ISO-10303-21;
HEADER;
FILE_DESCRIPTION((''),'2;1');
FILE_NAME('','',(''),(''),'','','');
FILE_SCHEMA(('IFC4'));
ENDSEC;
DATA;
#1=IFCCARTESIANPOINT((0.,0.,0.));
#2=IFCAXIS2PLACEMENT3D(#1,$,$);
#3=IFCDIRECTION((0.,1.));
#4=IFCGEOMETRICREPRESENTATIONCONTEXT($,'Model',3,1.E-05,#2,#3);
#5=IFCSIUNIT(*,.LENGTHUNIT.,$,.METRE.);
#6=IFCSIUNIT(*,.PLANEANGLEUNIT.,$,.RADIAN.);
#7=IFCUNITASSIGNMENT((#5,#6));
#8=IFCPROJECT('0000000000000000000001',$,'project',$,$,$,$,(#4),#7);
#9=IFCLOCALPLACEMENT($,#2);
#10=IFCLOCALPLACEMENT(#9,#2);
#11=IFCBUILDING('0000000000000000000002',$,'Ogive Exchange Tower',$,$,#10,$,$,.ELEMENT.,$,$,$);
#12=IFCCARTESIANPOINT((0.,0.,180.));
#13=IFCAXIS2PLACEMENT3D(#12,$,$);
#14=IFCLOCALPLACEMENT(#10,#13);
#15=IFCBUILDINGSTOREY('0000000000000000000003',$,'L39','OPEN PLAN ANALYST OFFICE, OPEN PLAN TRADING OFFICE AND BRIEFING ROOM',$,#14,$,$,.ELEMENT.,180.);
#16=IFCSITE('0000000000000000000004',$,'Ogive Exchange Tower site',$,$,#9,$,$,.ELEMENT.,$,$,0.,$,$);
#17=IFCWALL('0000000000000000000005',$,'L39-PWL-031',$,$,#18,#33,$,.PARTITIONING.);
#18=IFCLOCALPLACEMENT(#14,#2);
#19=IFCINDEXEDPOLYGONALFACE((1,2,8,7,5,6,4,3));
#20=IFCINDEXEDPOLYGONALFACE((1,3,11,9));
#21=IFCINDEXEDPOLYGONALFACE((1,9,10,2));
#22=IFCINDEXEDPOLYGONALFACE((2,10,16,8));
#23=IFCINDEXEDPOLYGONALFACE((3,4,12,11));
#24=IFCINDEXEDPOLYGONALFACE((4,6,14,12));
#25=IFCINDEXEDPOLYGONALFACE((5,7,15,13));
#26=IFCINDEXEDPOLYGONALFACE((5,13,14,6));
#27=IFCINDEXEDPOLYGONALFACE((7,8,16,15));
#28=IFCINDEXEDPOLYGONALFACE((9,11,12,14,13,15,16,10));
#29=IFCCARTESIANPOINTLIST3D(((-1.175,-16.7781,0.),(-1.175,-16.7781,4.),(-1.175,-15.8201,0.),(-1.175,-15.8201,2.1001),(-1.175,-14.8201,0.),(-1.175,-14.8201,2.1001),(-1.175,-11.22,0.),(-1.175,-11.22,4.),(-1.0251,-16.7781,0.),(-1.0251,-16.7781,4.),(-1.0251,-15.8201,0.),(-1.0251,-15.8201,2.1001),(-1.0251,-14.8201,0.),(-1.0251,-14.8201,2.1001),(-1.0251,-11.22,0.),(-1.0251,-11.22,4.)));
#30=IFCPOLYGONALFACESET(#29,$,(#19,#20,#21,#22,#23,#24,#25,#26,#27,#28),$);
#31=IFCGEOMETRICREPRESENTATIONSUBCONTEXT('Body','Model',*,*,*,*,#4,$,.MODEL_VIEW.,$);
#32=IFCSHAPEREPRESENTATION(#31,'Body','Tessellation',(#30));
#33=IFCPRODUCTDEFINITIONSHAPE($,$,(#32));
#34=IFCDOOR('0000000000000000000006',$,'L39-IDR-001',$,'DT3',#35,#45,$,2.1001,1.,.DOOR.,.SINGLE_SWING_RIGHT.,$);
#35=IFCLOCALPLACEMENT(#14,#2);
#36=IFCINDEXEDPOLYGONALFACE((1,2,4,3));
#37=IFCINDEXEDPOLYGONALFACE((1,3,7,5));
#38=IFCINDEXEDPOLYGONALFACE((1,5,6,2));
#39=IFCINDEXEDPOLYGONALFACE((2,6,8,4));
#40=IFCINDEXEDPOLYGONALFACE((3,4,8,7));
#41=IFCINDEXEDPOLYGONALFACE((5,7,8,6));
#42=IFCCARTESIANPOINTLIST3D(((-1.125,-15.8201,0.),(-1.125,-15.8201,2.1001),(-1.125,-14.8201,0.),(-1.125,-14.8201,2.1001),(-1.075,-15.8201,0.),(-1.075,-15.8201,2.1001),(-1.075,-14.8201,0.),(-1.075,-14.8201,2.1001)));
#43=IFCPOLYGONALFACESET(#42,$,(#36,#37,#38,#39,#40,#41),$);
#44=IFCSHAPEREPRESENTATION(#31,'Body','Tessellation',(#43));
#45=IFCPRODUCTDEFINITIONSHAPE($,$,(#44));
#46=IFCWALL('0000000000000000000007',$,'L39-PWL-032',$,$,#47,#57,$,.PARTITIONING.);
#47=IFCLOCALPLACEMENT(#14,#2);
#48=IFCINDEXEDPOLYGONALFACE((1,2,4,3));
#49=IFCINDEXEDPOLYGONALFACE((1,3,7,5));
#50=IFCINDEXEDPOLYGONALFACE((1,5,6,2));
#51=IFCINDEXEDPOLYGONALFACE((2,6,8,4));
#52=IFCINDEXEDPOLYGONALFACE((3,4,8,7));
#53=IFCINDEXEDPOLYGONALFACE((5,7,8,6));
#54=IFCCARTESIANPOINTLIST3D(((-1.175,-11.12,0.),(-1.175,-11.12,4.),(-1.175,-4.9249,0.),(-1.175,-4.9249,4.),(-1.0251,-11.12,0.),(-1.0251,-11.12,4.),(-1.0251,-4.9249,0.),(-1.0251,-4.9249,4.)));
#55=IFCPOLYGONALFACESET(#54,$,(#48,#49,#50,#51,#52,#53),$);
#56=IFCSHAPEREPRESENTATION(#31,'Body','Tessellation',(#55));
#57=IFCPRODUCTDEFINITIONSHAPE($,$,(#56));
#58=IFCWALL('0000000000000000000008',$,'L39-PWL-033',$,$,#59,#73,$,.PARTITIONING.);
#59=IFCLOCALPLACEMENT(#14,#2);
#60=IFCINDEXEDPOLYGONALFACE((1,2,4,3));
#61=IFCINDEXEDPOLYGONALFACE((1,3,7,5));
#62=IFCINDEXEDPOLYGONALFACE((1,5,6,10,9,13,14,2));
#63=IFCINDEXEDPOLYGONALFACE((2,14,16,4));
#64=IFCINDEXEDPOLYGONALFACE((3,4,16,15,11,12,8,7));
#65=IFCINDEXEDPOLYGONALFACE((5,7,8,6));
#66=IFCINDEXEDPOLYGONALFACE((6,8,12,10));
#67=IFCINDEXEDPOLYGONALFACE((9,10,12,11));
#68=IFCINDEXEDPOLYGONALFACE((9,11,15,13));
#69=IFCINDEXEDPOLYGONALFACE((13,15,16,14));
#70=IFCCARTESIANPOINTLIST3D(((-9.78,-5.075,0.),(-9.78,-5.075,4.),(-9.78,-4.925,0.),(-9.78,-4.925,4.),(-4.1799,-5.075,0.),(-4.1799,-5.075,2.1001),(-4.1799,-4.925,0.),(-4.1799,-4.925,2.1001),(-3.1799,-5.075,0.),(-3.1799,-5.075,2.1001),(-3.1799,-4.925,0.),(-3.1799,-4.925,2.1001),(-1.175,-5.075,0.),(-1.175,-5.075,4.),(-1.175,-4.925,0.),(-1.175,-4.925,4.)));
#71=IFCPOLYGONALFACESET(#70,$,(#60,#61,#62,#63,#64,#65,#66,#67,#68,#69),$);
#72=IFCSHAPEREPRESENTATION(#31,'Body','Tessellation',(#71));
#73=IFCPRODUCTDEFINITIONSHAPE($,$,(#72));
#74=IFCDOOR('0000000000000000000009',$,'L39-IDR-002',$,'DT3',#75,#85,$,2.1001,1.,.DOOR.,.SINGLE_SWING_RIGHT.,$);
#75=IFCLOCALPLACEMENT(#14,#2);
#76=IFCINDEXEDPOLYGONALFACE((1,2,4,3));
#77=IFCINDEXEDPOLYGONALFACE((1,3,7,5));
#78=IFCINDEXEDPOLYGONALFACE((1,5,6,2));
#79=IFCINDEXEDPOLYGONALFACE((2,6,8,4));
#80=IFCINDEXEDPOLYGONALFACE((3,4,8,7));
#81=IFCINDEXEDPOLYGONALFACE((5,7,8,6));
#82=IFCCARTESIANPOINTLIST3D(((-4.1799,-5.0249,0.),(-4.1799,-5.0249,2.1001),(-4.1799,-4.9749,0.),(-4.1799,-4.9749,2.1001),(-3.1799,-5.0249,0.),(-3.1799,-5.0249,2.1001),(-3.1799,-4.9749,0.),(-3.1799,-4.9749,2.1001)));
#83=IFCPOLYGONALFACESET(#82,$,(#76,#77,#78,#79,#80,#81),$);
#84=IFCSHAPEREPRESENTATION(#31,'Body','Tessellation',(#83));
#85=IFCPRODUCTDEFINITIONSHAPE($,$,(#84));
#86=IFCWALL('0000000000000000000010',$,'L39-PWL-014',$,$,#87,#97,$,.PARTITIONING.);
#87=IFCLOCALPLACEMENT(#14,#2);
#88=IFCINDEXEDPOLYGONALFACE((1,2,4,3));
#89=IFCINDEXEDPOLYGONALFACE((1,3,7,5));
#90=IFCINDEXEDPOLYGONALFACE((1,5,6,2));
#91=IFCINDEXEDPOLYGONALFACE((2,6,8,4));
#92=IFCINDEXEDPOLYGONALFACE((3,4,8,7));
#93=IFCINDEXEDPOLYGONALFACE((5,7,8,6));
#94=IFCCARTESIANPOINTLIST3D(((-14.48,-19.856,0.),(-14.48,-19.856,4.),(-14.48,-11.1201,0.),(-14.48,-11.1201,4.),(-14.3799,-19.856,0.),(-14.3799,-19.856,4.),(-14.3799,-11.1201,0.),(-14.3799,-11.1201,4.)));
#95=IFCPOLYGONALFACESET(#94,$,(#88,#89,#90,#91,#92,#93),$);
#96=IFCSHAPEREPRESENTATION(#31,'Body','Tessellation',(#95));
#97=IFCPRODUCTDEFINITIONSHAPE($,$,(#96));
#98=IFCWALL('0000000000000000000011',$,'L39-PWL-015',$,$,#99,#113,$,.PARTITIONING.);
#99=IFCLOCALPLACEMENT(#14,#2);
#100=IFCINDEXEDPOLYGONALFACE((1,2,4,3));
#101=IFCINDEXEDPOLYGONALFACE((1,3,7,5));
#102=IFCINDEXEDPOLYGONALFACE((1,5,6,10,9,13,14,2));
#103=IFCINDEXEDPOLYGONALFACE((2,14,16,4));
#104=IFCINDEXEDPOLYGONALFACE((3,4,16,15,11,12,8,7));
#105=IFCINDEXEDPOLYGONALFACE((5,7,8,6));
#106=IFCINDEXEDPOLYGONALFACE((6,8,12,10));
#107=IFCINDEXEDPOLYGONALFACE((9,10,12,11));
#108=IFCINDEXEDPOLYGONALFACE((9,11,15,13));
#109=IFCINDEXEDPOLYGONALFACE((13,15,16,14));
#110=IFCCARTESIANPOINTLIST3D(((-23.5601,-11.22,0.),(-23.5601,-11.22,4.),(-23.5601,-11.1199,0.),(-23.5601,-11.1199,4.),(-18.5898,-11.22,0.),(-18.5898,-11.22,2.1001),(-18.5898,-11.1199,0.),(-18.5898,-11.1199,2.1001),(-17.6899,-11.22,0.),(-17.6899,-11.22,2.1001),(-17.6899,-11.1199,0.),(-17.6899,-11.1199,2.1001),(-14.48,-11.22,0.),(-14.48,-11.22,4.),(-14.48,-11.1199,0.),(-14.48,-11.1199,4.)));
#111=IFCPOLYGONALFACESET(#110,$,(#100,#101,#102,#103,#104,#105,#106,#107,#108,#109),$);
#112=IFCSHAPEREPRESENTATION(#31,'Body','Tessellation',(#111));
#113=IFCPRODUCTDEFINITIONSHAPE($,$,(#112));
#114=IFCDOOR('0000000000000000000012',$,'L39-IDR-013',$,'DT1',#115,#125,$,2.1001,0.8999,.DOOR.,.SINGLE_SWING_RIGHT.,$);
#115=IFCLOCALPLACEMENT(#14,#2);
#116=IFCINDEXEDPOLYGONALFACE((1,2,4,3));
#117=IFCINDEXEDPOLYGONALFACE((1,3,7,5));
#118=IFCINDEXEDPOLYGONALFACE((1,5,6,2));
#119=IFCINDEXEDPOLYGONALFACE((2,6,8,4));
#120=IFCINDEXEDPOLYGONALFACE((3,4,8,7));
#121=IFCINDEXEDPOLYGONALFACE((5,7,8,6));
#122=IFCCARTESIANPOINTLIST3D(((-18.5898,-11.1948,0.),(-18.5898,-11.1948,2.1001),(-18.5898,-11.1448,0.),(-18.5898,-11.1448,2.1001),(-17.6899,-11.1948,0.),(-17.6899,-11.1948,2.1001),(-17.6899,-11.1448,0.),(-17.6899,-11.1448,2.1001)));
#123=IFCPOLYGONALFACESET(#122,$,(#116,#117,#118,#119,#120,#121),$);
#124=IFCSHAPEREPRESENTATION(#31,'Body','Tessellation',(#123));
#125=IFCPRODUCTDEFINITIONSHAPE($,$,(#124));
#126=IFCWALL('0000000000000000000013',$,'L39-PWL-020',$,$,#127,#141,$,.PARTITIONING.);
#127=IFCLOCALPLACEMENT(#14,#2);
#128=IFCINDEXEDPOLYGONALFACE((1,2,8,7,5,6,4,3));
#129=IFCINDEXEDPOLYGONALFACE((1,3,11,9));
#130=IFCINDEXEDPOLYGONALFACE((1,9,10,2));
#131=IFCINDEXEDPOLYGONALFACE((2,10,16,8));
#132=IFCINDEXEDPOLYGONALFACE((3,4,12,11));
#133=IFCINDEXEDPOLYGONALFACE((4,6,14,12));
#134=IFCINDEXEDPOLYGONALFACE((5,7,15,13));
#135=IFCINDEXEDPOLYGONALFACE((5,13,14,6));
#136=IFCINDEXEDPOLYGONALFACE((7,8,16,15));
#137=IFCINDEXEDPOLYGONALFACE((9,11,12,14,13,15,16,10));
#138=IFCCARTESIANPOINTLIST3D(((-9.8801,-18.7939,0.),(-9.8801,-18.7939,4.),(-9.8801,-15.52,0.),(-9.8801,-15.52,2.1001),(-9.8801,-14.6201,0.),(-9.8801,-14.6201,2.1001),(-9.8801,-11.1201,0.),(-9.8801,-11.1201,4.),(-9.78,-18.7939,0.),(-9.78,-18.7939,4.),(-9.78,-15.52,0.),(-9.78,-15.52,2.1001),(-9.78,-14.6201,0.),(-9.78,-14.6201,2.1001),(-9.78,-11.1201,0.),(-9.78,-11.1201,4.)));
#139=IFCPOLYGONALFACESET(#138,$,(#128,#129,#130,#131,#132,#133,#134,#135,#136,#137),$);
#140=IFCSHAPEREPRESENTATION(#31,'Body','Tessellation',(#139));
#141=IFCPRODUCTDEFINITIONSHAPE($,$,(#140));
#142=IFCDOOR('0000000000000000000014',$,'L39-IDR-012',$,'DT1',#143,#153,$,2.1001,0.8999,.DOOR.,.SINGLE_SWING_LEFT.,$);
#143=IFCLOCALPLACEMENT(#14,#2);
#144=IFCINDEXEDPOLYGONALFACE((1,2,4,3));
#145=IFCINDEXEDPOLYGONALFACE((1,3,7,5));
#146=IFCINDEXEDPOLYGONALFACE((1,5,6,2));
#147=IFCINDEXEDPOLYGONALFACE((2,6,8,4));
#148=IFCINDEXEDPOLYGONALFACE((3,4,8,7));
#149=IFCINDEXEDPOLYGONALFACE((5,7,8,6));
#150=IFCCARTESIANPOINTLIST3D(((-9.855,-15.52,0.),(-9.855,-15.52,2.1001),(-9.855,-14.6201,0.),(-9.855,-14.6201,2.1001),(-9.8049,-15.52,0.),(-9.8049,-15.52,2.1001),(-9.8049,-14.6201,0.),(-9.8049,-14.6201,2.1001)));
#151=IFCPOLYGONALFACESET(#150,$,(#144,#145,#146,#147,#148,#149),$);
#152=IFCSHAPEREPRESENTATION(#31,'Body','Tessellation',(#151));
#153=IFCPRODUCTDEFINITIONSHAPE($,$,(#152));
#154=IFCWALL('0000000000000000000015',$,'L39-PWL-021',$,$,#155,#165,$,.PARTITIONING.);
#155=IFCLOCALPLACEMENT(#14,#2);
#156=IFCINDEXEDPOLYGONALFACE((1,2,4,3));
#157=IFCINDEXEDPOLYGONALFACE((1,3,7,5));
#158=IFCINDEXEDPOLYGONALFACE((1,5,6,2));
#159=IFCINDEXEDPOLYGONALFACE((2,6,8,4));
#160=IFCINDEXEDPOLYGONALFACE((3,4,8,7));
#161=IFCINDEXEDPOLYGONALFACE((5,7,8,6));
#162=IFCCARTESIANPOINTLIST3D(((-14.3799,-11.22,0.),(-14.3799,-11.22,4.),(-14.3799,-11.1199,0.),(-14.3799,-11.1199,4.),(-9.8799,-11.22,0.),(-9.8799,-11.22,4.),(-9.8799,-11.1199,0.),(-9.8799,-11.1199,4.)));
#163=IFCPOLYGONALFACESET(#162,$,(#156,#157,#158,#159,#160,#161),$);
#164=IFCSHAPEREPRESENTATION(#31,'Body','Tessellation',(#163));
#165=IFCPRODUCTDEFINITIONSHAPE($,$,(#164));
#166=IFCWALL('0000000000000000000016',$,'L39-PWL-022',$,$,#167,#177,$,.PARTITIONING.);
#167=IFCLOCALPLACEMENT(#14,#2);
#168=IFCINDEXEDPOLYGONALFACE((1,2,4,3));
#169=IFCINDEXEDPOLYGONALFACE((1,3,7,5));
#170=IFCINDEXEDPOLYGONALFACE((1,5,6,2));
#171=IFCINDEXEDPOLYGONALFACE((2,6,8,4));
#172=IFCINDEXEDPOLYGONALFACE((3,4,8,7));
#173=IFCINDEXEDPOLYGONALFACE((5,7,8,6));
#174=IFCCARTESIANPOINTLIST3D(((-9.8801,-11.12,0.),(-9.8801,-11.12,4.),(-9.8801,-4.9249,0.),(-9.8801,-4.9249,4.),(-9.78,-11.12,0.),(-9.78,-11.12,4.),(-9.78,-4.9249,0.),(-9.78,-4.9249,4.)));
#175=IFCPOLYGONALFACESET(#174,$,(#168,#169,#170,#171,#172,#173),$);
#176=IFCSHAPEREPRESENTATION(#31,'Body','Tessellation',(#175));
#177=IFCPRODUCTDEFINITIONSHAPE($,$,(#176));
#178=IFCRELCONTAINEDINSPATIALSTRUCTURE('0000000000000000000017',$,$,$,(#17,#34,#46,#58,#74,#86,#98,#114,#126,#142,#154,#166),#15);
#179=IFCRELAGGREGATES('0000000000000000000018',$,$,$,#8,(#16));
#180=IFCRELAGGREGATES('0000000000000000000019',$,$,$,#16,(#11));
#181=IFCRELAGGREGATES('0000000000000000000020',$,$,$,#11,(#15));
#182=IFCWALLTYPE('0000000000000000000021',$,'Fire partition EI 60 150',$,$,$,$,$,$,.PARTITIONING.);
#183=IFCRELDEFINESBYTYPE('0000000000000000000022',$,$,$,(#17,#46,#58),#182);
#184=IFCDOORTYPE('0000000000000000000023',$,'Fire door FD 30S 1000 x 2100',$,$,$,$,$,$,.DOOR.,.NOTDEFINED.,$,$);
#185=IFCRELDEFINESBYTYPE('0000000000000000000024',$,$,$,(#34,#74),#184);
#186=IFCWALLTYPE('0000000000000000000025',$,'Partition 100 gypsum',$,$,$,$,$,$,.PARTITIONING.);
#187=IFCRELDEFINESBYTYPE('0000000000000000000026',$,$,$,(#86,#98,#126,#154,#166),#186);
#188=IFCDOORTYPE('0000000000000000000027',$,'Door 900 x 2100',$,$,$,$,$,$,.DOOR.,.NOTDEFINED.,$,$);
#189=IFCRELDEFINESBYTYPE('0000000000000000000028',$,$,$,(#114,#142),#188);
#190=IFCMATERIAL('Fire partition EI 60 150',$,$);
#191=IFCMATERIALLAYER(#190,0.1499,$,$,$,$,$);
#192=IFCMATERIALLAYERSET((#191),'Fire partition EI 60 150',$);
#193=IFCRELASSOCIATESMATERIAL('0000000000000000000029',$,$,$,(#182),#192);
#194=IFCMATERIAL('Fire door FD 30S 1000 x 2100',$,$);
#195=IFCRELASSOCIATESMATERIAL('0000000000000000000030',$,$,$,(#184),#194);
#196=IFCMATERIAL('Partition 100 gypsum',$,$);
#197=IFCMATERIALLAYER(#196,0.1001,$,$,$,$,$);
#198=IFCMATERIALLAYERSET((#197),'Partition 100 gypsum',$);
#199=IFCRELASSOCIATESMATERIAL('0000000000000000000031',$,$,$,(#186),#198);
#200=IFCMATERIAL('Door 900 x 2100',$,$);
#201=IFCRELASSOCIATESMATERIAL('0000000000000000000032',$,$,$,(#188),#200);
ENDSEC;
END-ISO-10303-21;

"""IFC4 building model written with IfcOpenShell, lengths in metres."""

from ifc_helpers import new_model, si_unit, direction, frame, frame_2d, origin, place, context, subcontext, project, spatial, rectangle, extrude, material, layer, layer_set, type_object, element, fill, save


model = new_model("IFC4")

# Units and contexts
model_context = context("Model", 3, precision=1e-05, world=origin(), true_north=direction((0.0, 1.0)))
body_context = subcontext(model_context, "Body", "Model", "MODEL_VIEW")
ifc_project = project(units=[si_unit("LENGTHUNIT", "METRE"), si_unit("PLANEANGLEUNIT", "RADIAN")], contexts=[model_context])

# Site, building, storey
site_placement = place(None, origin())
site = spatial("IfcSite", under=ifc_project, at=site_placement, Name="Ogive Exchange Tower site", CompositionType="ELEMENT", RefElevation=0.0)
building_placement = place(site_placement, origin())
building = spatial("IfcBuilding", under=site, at=building_placement, Name="Ogive Exchange Tower", CompositionType="ELEMENT")
storey_placement = place(building_placement, frame((0.0, 0.0, 180.0)))
storey = spatial("IfcBuildingStorey", under=building, at=storey_placement, Name="L39", Description="OPEN PLAN ANALYST OFFICE, OPEN PLAN TRADING OFFICE AND BRIEFING ROOM", CompositionType="ELEMENT", Elevation=180.0)

# Wall, opening, door
ifc_material_1 = material(Name="Fire partition EI 60 150")
ifc_layer_1 = layer(ifc_material_1, 0.1499)
ifc_layer_set_1 = layer_set([ifc_layer_1], Name="Fire partition EI 60 150")
wall_type_1 = type_object("IfcWallType", Name="Fire partition EI 60 150", PredefinedType="PARTITIONING", material=ifc_layer_set_1)
ifc_material_2 = material(Name="Fire door FD 30S 1000 x 2100")
door_type_1 = type_object("IfcDoorType", Name="Fire door FD 30S 1000 x 2100", OperationType="NOTDEFINED", PredefinedType="DOOR", material=ifc_material_2)
wall_1_placement = place(storey_placement, frame((-1.1001, -16.7781, 0.0), z_axis=(0.0, 0.0, 1.0), x_axis=(0.0, 1.0, 0.0)))
wall_1 = element("IfcWall", 1, at=wall_1_placement, inside=storey, type_object=wall_type_1, Name="L39-PWL-031", PredefinedType="PARTITIONING", context=body_context, shape_type="SweptSolid", body=[
    extrude(rectangle(XDim=5.5581, YDim=0.1499, at=frame_2d((2.7791, 0.0))), origin(), (0.0, 0.0, 1.0), 4.0),
])
opening_1_placement = place(wall_1_placement, frame((0.958, 0.0, 0.0)))
opening_1 = element("IfcOpeningElement", 2, at=opening_1_placement, cuts=wall_1, PredefinedType="OPENING", context=body_context, shape_type="SweptSolid", body=[
    extrude(rectangle(XDim=1.0, YDim=2.1001, at=frame_2d((0.5, 1.05))), frame((0.0, 0.085, 0.0), z_axis=(0.0, -1.0, 0.0), x_axis=(1.0, 0.0, 0.0)), (0.0, 0.0, 1.0), 0.1699),
])
door_1_placement = place(opening_1_placement, origin())
door_1 = element("IfcDoor", 3, at=door_1_placement, inside=storey, type_object=door_type_1, Name="L39-IDR-001", ObjectType="DT3", OperationType="SINGLE_SWING_RIGHT", OverallHeight=2.1001, OverallWidth=1.0, PredefinedType="DOOR", context=body_context, shape_type="SweptSolid", body=[
    extrude(rectangle(XDim=1.0, YDim=2.1001, at=frame_2d((0.5, 1.05))), frame((0.0, 0.0249, 0.0), z_axis=(0.0, -1.0, 0.0), x_axis=(1.0, 0.0, 0.0)), (0.0, 0.0, 1.0), 0.05),
])
fill(opening_1, door_1)

# Wall
wall_2_placement = place(storey_placement, frame((-1.1001, -11.1201, 0.0), z_axis=(0.0, 0.0, 1.0), x_axis=(0.0, 1.0, 0.0)))
element("IfcWall", 4, at=wall_2_placement, inside=storey, type_object=wall_type_1, Name="L39-PWL-032", PredefinedType="PARTITIONING", context=body_context, shape_type="SweptSolid", body=[
    extrude(rectangle(XDim=6.1951, YDim=0.1499, at=frame_2d((3.0977, 0.0))), origin(), (0.0, 0.0, 1.0), 4.0),
])

# Wall, opening, door
wall_3_placement = place(storey_placement, frame((-1.175, -5.0, 0.0), z_axis=(0.0, 0.0, 1.0), x_axis=(-1.0, 0.0, 0.0)))
wall_3 = element("IfcWall", 5, at=wall_3_placement, inside=storey, type_object=wall_type_1, Name="L39-PWL-033", PredefinedType="PARTITIONING", context=body_context, shape_type="SweptSolid", body=[
    extrude(rectangle(XDim=8.605, YDim=0.1499, at=frame_2d((4.3025, 0.0))), origin(), (0.0, 0.0, 1.0), 4.0),
])
opening_2_placement = place(wall_3_placement, frame((2.0049, 0.0, 0.0)))
opening_2 = element("IfcOpeningElement", 6, at=opening_2_placement, cuts=wall_3, PredefinedType="OPENING", context=body_context, shape_type="SweptSolid", body=[
    extrude(rectangle(XDim=1.0, YDim=2.1001, at=frame_2d((0.5, 1.05))), frame((0.0, 0.085, 0.0), z_axis=(0.0, -1.0, 0.0), x_axis=(1.0, 0.0, 0.0)), (0.0, 0.0, 1.0), 0.1699),
])
door_2_placement = place(opening_2_placement, origin())
door_2 = element("IfcDoor", 7, at=door_2_placement, inside=storey, type_object=door_type_1, Name="L39-IDR-002", ObjectType="DT3", OperationType="SINGLE_SWING_RIGHT", OverallHeight=2.1001, OverallWidth=1.0, PredefinedType="DOOR", context=body_context, shape_type="SweptSolid", body=[
    extrude(rectangle(XDim=1.0, YDim=2.1001, at=frame_2d((0.5, 1.05))), frame((0.0, 0.0249, 0.0), z_axis=(0.0, -1.0, 0.0), x_axis=(1.0, 0.0, 0.0)), (0.0, 0.0, 1.0), 0.05),
])
fill(opening_2, door_2)

# Wall
ifc_material_3 = material(Name="Partition 100 gypsum")
ifc_layer_2 = layer(ifc_material_3, 0.1001)
ifc_layer_set_2 = layer_set([ifc_layer_2], Name="Partition 100 gypsum")
wall_type_2 = type_object("IfcWallType", Name="Partition 100 gypsum", PredefinedType="PARTITIONING", material=ifc_layer_set_2)
wall_4_placement = place(storey_placement, frame((-14.4299, -19.856, 0.0), z_axis=(0.0, 0.0, 1.0), x_axis=(0.0, 1.0, 0.0)))
element("IfcWall", 8, at=wall_4_placement, inside=storey, type_object=wall_type_2, Name="L39-PWL-014", PredefinedType="PARTITIONING", context=body_context, shape_type="SweptSolid", body=[
    extrude(rectangle(XDim=8.7358, YDim=0.1001, at=frame_2d((4.3679, 0.0))), origin(), (0.0, 0.0, 1.0), 4.0),
])

# Walls, openings, doors
wall_5_placement = place(storey_placement, frame((-14.48, -11.1699, 0.0), z_axis=(0.0, 0.0, 1.0), x_axis=(-1.0, 0.0, 0.0)))
wall_5 = element("IfcWall", 9, at=wall_5_placement, inside=storey, type_object=wall_type_2, Name="L39-PWL-015", PredefinedType="PARTITIONING", context=body_context, shape_type="SweptSolid", body=[
    extrude(rectangle(XDim=9.0801, YDim=0.1001, at=frame_2d((4.54, 0.0))), origin(), (0.0, 0.0, 1.0), 4.0),
])
opening_3_placement = place(wall_5_placement, frame((3.21, 0.0, 0.0)))
opening_3 = element("IfcOpeningElement", 10, at=opening_3_placement, cuts=wall_5, PredefinedType="OPENING", context=body_context, shape_type="SweptSolid", body=[
    extrude(rectangle(XDim=0.8999, YDim=2.1001, at=frame_2d((0.45, 1.05))), frame((0.0, 0.0601, 0.0), z_axis=(0.0, -1.0, 0.0), x_axis=(1.0, 0.0, 0.0)), (0.0, 0.0, 1.0), 0.1201),
])
ifc_material_4 = material(Name="Door 900 x 2100")
door_type_2 = type_object("IfcDoorType", Name="Door 900 x 2100", OperationType="NOTDEFINED", PredefinedType="DOOR", material=ifc_material_4)
door_3_placement = place(opening_3_placement, origin())
door_3 = element("IfcDoor", 11, at=door_3_placement, inside=storey, type_object=door_type_2, Name="L39-IDR-013", ObjectType="DT1", OperationType="SINGLE_SWING_RIGHT", OverallHeight=2.1001, OverallWidth=0.8999, PredefinedType="DOOR", context=body_context, shape_type="SweptSolid", body=[
    extrude(rectangle(XDim=0.8999, YDim=2.1001, at=frame_2d((0.45, 1.05))), frame((0.0, 0.0249, 0.0), z_axis=(0.0, -1.0, 0.0), x_axis=(1.0, 0.0, 0.0)), (0.0, 0.0, 1.0), 0.05),
])
fill(opening_3, door_3)
wall_6_placement = place(storey_placement, frame((-9.8301, -18.7939, 0.0), z_axis=(0.0, 0.0, 1.0), x_axis=(0.0, 1.0, 0.0)))
wall_6 = element("IfcWall", 12, at=wall_6_placement, inside=storey, type_object=wall_type_2, Name="L39-PWL-020", PredefinedType="PARTITIONING", context=body_context, shape_type="SweptSolid", body=[
    extrude(rectangle(XDim=7.6738, YDim=0.1001, at=frame_2d((3.8369, 0.0))), origin(), (0.0, 0.0, 1.0), 4.0),
])
opening_4_placement = place(wall_6_placement, frame((3.2739, 0.0, 0.0)))
opening_4 = element("IfcOpeningElement", 13, at=opening_4_placement, cuts=wall_6, PredefinedType="OPENING", context=body_context, shape_type="SweptSolid", body=[
    extrude(rectangle(XDim=0.8999, YDim=2.1001, at=frame_2d((0.45, 1.05))), frame((0.0, 0.0601, 0.0), z_axis=(0.0, -1.0, 0.0), x_axis=(1.0, 0.0, 0.0)), (0.0, 0.0, 1.0), 0.1201),
])
door_4_placement = place(opening_4_placement, origin())
door_4 = element("IfcDoor", 14, at=door_4_placement, inside=storey, type_object=door_type_2, Name="L39-IDR-012", ObjectType="DT1", OperationType="SINGLE_SWING_LEFT", OverallHeight=2.1001, OverallWidth=0.8999, PredefinedType="DOOR", context=body_context, shape_type="SweptSolid", body=[
    extrude(rectangle(XDim=0.8999, YDim=2.1001, at=frame_2d((0.45, 1.05))), frame((0.0, 0.0249, 0.0), z_axis=(0.0, -1.0, 0.0), x_axis=(1.0, 0.0, 0.0)), (0.0, 0.0, 1.0), 0.05),
])
fill(opening_4, door_4)

# Walls
wall_7_placement = place(storey_placement, frame((-9.8799, -11.1699, 0.0), z_axis=(0.0, 0.0, 1.0), x_axis=(-1.0, 0.0, 0.0)))
element("IfcWall", 15, at=wall_7_placement, inside=storey, type_object=wall_type_2, Name="L39-PWL-021", PredefinedType="PARTITIONING", context=body_context, shape_type="SweptSolid", body=[
    extrude(rectangle(XDim=4.5, YDim=0.1001, at=frame_2d((2.25, 0.0))), origin(), (0.0, 0.0, 1.0), 4.0),
])
wall_8_placement = place(storey_placement, frame((-9.8301, -11.1201, 0.0), z_axis=(0.0, 0.0, 1.0), x_axis=(0.0, 1.0, 0.0)))
element("IfcWall", 16, at=wall_8_placement, inside=storey, type_object=wall_type_2, Name="L39-PWL-022", PredefinedType="PARTITIONING", context=body_context, shape_type="SweptSolid", body=[
    extrude(rectangle(XDim=6.1951, YDim=0.1001, at=frame_2d((3.0977, 0.0))), origin(), (0.0, 0.0, 1.0), 4.0),
])

save(model, "model.ifc")
